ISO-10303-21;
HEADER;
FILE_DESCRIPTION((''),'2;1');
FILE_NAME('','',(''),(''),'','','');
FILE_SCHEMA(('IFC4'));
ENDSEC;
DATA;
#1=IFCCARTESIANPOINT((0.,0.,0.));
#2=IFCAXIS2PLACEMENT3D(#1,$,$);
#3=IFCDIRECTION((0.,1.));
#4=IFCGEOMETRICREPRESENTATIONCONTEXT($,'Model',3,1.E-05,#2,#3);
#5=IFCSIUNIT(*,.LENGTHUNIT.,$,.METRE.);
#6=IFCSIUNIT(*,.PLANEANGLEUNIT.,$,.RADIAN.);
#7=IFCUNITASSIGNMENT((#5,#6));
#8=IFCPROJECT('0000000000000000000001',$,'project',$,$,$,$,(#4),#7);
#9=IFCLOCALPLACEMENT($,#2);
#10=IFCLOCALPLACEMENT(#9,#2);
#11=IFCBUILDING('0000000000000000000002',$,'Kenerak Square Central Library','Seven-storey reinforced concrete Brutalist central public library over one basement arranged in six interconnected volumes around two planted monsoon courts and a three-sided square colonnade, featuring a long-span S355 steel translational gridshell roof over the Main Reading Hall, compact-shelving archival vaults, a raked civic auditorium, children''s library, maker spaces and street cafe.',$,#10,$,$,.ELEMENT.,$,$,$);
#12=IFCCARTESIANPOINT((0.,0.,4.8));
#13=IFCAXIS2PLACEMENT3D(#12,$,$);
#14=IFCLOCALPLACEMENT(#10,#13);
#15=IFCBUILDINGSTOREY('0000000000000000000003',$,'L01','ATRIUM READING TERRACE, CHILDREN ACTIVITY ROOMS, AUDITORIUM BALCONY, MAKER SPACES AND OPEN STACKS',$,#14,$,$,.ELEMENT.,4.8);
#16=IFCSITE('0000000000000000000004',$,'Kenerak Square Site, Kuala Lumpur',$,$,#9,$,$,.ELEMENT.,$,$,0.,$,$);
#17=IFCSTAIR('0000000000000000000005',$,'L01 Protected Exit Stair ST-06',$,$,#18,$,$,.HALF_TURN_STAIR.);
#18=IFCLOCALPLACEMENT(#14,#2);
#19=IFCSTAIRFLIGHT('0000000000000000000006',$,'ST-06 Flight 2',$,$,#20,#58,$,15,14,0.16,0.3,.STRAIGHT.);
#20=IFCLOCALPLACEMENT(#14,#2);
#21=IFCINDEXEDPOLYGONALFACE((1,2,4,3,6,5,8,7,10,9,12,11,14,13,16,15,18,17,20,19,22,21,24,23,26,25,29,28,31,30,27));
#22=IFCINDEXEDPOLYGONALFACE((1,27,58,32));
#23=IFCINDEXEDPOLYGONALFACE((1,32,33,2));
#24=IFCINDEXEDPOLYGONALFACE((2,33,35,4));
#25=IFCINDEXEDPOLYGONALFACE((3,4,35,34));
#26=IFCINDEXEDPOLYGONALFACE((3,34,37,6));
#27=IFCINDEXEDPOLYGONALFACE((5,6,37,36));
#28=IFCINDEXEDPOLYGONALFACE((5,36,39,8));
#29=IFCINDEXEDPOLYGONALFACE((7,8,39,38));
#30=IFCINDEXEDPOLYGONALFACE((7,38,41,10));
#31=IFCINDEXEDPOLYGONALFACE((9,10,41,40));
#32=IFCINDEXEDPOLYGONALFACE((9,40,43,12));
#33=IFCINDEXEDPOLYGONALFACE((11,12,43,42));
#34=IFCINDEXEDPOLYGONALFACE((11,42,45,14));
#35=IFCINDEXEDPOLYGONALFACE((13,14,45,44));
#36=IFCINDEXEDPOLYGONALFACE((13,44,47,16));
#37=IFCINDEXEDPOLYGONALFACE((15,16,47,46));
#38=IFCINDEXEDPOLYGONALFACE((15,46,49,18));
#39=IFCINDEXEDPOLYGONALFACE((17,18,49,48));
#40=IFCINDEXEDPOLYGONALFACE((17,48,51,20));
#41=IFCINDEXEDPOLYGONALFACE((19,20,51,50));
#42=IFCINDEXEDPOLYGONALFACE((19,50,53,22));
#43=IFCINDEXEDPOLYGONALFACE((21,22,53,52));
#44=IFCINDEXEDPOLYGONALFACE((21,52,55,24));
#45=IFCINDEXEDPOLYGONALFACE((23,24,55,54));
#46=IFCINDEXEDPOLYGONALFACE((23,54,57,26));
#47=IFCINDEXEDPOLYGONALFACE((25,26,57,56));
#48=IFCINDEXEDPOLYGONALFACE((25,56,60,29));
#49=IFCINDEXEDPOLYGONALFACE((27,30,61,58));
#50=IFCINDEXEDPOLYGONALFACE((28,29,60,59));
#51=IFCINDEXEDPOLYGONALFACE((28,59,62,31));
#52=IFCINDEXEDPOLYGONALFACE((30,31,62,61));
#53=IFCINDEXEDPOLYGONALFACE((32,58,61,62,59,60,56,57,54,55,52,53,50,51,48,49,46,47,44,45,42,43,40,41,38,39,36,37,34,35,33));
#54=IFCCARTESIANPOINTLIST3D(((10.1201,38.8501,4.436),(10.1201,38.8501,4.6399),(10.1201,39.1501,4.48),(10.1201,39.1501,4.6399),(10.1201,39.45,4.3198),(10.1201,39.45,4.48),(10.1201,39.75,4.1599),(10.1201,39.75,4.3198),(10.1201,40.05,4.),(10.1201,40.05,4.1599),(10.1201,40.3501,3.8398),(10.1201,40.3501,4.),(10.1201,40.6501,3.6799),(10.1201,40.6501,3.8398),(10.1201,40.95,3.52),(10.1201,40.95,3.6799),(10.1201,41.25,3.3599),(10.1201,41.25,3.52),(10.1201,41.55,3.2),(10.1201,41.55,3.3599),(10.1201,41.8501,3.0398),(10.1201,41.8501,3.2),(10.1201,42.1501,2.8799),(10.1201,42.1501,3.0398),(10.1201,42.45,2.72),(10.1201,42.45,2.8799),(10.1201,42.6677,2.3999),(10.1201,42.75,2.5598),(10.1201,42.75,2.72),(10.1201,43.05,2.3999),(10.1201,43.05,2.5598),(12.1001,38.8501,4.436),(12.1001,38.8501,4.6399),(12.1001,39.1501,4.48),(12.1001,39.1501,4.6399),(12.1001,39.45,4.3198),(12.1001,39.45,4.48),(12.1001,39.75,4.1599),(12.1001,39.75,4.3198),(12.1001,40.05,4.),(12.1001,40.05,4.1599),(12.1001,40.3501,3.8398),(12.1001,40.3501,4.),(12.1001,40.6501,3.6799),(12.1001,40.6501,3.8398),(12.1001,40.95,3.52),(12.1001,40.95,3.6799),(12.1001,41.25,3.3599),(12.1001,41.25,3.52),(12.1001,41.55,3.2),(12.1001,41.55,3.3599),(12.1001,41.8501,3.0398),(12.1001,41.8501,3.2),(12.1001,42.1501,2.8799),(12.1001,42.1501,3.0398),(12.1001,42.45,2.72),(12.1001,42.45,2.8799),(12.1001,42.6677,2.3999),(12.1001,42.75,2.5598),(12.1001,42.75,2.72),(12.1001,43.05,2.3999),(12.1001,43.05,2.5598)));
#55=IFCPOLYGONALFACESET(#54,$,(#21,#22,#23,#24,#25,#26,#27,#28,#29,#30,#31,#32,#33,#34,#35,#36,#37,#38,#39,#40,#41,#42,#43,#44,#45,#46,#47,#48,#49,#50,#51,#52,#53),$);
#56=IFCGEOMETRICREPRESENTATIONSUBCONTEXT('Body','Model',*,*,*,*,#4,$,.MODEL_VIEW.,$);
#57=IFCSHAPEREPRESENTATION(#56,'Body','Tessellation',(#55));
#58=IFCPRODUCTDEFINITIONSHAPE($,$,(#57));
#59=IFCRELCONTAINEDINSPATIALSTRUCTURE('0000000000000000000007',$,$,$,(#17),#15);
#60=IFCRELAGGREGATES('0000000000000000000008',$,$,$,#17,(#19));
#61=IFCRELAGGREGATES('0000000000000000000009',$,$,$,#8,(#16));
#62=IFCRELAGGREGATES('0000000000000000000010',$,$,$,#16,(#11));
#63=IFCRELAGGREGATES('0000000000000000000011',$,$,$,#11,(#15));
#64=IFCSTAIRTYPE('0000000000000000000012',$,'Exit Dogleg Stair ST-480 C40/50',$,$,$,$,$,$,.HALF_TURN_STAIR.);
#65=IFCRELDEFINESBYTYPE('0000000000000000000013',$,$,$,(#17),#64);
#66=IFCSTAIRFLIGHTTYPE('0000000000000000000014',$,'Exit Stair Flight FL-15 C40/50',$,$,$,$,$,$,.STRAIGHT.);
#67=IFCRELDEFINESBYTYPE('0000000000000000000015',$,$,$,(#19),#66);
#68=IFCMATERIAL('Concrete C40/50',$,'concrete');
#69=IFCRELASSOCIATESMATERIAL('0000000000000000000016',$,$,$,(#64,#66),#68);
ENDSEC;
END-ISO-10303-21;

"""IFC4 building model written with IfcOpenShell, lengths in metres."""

from ifc_helpers import new_model, si_unit, direction, frame, origin, place, context, subcontext, project, spatial, polyline, outline, extrude, material, type_object, element, aggregate, save


model = new_model("IFC4")

# Units and contexts
model_context = context("Model", 3, precision=1e-05, world=origin(), true_north=direction((0.0, 1.0)))
body_context = subcontext(model_context, "Body", "Model", "MODEL_VIEW")
ifc_project = project(units=[si_unit("LENGTHUNIT", "METRE"), si_unit("PLANEANGLEUNIT", "RADIAN")], contexts=[model_context])

# Site, building, storey
site_placement = place(None, origin())
site = spatial("IfcSite", under=ifc_project, at=site_placement, Name="Kenerak Square Site, Kuala Lumpur", CompositionType="ELEMENT", RefElevation=0.0)
building_placement = place(site_placement, origin())
building = spatial("IfcBuilding", under=site, at=building_placement, Name="Kenerak Square Central Library", Description="Seven-storey reinforced concrete Brutalist central public library over one basement arranged in six interconnected volumes around two planted monsoon courts and a three-sided square colonnade, featuring a long-span S355 steel translational gridshell roof over the Main Reading Hall, compact-shelving archival vaults, a raked civic auditorium, children's library, maker spaces and street cafe.", CompositionType="ELEMENT")
storey_placement = place(building_placement, frame((0.0, 0.0, 4.8)))
storey = spatial("IfcBuildingStorey", under=building, at=storey_placement, Name="L01", Description="ATRIUM READING TERRACE, CHILDREN ACTIVITY ROOMS, AUDITORIUM BALCONY, MAKER SPACES AND OPEN STACKS", CompositionType="ELEMENT", Elevation=4.8)

# Shared definitions
ifc_material_1 = material(Name="Concrete C40/50", Category="concrete")

# Stair, stair flight
stair_type = type_object("IfcStairType", Name="Exit Dogleg Stair ST-480 C40/50", PredefinedType="HALF_TURN_STAIR", material=ifc_material_1)
stair_placement = place(storey_placement, origin())
stair = element("IfcStair", 1, at=stair_placement, inside=storey, type_object=stair_type, Name="L01 Protected Exit Stair ST-06", PredefinedType="HALF_TURN_STAIR")
stair_flight_type = type_object("IfcStairFlightType", Name="Exit Stair Flight FL-15 C40/50", PredefinedType="STRAIGHT", material=ifc_material_1)
stair_flight_1_placement = place(storey_placement, frame((11.1101, 43.05, 2.3999), z_axis=(0.0, 0.0, 1.0), x_axis=(0.0, -1.0, 0.0)))
stair_flight_1 = element("IfcStairFlight", 2, at=stair_flight_1_placement, type_object=stair_flight_type, Name="ST-06 Flight 2", NumberOfRisers=15, NumberOfTreads=14, PredefinedType="STRAIGHT", RiserHeight=0.16, TreadLength=0.3, context=body_context, shape_type="SweptSolid", body=[
    extrude(outline(polyline([(0.0, 0.0), (0.0, 0.1599), (0.3, 0.1599), (0.3, 0.3201), (0.6001, 0.3201), (0.6001, 0.48), (0.8999, 0.48), (0.8999, 0.6399), (1.2, 0.6399), (1.2, 0.8), (1.5, 0.8), (1.5, 0.96), (1.8, 0.96), (1.8, 1.1201), (2.1001, 1.1201), (2.1001, 1.28), (2.3999, 1.28), (2.3999, 1.4399), (2.7, 1.4399), (2.7, 1.6001), (3.0, 1.6001), (3.0, 1.76), (3.3, 1.76), (3.3, 1.9199), (3.6001, 1.9199), (3.6001, 2.0801), (3.8999, 2.0801), (3.8999, 2.24), (4.2, 2.24), (4.2, 2.3999), (4.2, 2.0361), (0.3823, 0.0), (0.0, 0.0)])), frame((0.0, 0.99, 0.0), z_axis=(0.0, -1.0, 0.0), x_axis=(1.0, 0.0, 0.0)), (0.0, 0.0, 1.0), 1.98),
])
aggregate(stair, [stair_flight_1])

save(model, "model.ifc")
